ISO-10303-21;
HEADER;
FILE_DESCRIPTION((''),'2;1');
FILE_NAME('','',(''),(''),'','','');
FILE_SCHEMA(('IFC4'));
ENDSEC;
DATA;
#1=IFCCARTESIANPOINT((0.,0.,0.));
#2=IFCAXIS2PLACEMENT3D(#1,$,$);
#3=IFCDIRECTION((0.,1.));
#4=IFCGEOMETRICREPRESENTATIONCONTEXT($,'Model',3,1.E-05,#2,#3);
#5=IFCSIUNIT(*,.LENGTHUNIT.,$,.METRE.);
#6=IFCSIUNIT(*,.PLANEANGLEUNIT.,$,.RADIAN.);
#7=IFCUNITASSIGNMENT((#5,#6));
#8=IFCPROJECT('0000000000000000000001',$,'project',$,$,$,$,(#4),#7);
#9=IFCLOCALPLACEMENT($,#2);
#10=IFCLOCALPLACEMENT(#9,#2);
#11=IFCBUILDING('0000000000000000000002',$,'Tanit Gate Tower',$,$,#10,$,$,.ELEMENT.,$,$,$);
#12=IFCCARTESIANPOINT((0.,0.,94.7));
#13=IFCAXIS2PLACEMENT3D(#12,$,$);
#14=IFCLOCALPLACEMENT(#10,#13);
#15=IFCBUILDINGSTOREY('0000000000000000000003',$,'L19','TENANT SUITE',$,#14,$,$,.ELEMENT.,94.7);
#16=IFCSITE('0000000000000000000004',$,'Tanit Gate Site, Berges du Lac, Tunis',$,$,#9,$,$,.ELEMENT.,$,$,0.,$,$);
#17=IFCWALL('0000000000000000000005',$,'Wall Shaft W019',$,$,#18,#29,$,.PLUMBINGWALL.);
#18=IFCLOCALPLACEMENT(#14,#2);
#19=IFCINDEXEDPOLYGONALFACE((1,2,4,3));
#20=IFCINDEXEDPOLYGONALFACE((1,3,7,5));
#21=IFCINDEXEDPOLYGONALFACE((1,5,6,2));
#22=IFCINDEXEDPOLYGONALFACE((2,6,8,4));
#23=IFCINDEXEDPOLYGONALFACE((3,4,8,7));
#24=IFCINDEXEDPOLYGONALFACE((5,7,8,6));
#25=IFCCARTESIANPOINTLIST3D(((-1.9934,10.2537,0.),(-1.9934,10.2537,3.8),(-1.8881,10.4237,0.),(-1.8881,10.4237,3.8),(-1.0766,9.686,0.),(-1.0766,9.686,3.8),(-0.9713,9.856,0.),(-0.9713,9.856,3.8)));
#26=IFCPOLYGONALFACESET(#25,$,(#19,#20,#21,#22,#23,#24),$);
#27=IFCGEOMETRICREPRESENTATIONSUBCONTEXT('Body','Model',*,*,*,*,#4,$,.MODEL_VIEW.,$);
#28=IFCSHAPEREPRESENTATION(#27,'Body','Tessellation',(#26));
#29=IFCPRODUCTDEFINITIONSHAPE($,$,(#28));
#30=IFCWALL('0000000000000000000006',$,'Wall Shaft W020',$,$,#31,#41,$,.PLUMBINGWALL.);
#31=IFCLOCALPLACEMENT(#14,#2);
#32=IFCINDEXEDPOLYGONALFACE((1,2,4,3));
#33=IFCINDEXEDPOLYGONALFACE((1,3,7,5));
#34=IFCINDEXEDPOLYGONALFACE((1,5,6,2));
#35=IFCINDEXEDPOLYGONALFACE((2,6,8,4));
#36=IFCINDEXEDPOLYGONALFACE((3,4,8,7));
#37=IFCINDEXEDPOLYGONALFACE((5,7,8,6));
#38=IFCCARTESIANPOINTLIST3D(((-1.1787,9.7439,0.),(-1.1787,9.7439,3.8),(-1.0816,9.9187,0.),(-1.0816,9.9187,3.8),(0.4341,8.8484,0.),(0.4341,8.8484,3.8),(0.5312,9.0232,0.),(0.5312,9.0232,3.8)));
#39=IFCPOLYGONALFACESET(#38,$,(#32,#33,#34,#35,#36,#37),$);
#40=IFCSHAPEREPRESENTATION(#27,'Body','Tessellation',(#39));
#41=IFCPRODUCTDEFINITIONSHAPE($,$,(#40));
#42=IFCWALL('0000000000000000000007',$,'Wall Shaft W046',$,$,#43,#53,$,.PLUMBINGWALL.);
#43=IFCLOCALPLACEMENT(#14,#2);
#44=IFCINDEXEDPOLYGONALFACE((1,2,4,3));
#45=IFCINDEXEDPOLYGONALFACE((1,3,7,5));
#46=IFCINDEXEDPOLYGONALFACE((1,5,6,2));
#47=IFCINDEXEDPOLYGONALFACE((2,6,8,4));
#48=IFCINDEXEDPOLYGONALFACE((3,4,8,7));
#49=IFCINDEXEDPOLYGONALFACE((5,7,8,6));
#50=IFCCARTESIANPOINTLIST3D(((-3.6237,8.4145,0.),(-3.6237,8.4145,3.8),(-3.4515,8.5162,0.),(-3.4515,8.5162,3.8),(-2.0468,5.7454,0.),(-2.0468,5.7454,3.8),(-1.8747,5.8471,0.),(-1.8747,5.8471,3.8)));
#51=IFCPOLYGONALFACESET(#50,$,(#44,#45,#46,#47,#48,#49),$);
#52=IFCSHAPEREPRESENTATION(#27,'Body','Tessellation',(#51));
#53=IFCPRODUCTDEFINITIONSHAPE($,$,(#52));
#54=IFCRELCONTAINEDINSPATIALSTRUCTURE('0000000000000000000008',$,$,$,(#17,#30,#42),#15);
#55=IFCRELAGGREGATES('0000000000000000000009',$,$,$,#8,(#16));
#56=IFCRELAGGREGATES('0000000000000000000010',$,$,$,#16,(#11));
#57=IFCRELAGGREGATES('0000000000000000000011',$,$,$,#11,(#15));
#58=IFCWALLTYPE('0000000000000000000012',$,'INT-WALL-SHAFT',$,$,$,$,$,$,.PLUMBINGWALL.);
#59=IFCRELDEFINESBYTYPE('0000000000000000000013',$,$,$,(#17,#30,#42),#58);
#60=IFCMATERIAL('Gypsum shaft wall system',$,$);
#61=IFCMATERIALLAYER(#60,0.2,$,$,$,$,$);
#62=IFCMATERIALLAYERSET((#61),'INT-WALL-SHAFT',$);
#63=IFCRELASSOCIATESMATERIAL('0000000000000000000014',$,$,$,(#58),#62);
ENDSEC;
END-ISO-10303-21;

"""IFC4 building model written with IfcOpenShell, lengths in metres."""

from ifc_helpers import new_model, si_unit, direction, frame, frame_2d, origin, place, context, subcontext, project, spatial, rectangle, extrude, material, layer, layer_set, type_object, element, save


model = new_model("IFC4")

# Units and contexts
model_context = context("Model", 3, precision=1e-05, world=origin(), true_north=direction((0.0, 1.0)))
body_context = subcontext(model_context, "Body", "Model", "MODEL_VIEW")
ifc_project = project(units=[si_unit("LENGTHUNIT", "METRE"), si_unit("PLANEANGLEUNIT", "RADIAN")], contexts=[model_context])

# Site, building, storey
site_placement = place(None, origin())
site = spatial("IfcSite", under=ifc_project, at=site_placement, Name="Tanit Gate Site, Berges du Lac, Tunis", CompositionType="ELEMENT", RefElevation=0.0)
building_placement = place(site_placement, origin())
building = spatial("IfcBuilding", under=site, at=building_placement, Name="Tanit Gate Tower", CompositionType="ELEMENT")
storey_placement = place(building_placement, frame((0.0, 0.0, 94.7)))
storey = spatial("IfcBuildingStorey", under=building, at=storey_placement, Name="L19", Description="TENANT SUITE", CompositionType="ELEMENT", Elevation=94.7)

# Walls
ifc_material_1 = material(Name="Gypsum shaft wall system")
ifc_layer_1 = layer(ifc_material_1, 0.2)
ifc_layer_set_1 = layer_set([ifc_layer_1], Name="INT-WALL-SHAFT")
wall_type_1 = type_object("IfcWallType", Name="INT-WALL-SHAFT", PredefinedType="PLUMBINGWALL", material=ifc_layer_set_1)
wall_1_placement = place(storey_placement, frame((-1.9407, 10.3386, 0.0), z_axis=(0.0, 0.0, 1.0), x_axis=(0.850217, -0.526433, 0.0)))
element("IfcWall", 1, at=wall_1_placement, inside=storey, type_object=wall_type_1, Name="Wall Shaft W019", PredefinedType="PLUMBINGWALL", context=body_context, shape_type="SweptSolid", body=[
    extrude(rectangle(XDim=1.0784, YDim=0.2, at=frame_2d((0.5391, 0.0))), origin(), (0.0, 0.0, 1.0), 3.8),
])
wall_2_placement = place(storey_placement, frame((0.4827, 8.9358, 0.0), z_axis=(0.0, 0.0, 1.0), x_axis=(-0.87427, 0.485441, 0.0)))
element("IfcWall", 2, at=wall_2_placement, inside=storey, type_object=wall_type_1, Name="Wall Shaft W020", PredefinedType="PLUMBINGWALL", context=body_context, shape_type="SweptSolid", body=[
    extrude(rectangle(XDim=1.8447, YDim=0.2, at=frame_2d((0.9224, 0.0))), origin(), (0.0, 0.0, 1.0), 3.8),
])
wall_3_placement = place(storey_placement, frame((-3.5376, 8.4653, 0.0), z_axis=(0.0, 0.0, 1.0), x_axis=(0.508647, -0.860975, 0.0)))
element("IfcWall", 3, at=wall_3_placement, inside=storey, type_object=wall_type_1, Name="Wall Shaft W046", PredefinedType="PLUMBINGWALL", context=body_context, shape_type="SweptSolid", body=[
    extrude(rectangle(XDim=3.1001, YDim=0.2, at=frame_2d((1.55, 0.0))), origin(), (0.0, 0.0, 1.0), 3.8),
])

save(model, "model.ifc")
